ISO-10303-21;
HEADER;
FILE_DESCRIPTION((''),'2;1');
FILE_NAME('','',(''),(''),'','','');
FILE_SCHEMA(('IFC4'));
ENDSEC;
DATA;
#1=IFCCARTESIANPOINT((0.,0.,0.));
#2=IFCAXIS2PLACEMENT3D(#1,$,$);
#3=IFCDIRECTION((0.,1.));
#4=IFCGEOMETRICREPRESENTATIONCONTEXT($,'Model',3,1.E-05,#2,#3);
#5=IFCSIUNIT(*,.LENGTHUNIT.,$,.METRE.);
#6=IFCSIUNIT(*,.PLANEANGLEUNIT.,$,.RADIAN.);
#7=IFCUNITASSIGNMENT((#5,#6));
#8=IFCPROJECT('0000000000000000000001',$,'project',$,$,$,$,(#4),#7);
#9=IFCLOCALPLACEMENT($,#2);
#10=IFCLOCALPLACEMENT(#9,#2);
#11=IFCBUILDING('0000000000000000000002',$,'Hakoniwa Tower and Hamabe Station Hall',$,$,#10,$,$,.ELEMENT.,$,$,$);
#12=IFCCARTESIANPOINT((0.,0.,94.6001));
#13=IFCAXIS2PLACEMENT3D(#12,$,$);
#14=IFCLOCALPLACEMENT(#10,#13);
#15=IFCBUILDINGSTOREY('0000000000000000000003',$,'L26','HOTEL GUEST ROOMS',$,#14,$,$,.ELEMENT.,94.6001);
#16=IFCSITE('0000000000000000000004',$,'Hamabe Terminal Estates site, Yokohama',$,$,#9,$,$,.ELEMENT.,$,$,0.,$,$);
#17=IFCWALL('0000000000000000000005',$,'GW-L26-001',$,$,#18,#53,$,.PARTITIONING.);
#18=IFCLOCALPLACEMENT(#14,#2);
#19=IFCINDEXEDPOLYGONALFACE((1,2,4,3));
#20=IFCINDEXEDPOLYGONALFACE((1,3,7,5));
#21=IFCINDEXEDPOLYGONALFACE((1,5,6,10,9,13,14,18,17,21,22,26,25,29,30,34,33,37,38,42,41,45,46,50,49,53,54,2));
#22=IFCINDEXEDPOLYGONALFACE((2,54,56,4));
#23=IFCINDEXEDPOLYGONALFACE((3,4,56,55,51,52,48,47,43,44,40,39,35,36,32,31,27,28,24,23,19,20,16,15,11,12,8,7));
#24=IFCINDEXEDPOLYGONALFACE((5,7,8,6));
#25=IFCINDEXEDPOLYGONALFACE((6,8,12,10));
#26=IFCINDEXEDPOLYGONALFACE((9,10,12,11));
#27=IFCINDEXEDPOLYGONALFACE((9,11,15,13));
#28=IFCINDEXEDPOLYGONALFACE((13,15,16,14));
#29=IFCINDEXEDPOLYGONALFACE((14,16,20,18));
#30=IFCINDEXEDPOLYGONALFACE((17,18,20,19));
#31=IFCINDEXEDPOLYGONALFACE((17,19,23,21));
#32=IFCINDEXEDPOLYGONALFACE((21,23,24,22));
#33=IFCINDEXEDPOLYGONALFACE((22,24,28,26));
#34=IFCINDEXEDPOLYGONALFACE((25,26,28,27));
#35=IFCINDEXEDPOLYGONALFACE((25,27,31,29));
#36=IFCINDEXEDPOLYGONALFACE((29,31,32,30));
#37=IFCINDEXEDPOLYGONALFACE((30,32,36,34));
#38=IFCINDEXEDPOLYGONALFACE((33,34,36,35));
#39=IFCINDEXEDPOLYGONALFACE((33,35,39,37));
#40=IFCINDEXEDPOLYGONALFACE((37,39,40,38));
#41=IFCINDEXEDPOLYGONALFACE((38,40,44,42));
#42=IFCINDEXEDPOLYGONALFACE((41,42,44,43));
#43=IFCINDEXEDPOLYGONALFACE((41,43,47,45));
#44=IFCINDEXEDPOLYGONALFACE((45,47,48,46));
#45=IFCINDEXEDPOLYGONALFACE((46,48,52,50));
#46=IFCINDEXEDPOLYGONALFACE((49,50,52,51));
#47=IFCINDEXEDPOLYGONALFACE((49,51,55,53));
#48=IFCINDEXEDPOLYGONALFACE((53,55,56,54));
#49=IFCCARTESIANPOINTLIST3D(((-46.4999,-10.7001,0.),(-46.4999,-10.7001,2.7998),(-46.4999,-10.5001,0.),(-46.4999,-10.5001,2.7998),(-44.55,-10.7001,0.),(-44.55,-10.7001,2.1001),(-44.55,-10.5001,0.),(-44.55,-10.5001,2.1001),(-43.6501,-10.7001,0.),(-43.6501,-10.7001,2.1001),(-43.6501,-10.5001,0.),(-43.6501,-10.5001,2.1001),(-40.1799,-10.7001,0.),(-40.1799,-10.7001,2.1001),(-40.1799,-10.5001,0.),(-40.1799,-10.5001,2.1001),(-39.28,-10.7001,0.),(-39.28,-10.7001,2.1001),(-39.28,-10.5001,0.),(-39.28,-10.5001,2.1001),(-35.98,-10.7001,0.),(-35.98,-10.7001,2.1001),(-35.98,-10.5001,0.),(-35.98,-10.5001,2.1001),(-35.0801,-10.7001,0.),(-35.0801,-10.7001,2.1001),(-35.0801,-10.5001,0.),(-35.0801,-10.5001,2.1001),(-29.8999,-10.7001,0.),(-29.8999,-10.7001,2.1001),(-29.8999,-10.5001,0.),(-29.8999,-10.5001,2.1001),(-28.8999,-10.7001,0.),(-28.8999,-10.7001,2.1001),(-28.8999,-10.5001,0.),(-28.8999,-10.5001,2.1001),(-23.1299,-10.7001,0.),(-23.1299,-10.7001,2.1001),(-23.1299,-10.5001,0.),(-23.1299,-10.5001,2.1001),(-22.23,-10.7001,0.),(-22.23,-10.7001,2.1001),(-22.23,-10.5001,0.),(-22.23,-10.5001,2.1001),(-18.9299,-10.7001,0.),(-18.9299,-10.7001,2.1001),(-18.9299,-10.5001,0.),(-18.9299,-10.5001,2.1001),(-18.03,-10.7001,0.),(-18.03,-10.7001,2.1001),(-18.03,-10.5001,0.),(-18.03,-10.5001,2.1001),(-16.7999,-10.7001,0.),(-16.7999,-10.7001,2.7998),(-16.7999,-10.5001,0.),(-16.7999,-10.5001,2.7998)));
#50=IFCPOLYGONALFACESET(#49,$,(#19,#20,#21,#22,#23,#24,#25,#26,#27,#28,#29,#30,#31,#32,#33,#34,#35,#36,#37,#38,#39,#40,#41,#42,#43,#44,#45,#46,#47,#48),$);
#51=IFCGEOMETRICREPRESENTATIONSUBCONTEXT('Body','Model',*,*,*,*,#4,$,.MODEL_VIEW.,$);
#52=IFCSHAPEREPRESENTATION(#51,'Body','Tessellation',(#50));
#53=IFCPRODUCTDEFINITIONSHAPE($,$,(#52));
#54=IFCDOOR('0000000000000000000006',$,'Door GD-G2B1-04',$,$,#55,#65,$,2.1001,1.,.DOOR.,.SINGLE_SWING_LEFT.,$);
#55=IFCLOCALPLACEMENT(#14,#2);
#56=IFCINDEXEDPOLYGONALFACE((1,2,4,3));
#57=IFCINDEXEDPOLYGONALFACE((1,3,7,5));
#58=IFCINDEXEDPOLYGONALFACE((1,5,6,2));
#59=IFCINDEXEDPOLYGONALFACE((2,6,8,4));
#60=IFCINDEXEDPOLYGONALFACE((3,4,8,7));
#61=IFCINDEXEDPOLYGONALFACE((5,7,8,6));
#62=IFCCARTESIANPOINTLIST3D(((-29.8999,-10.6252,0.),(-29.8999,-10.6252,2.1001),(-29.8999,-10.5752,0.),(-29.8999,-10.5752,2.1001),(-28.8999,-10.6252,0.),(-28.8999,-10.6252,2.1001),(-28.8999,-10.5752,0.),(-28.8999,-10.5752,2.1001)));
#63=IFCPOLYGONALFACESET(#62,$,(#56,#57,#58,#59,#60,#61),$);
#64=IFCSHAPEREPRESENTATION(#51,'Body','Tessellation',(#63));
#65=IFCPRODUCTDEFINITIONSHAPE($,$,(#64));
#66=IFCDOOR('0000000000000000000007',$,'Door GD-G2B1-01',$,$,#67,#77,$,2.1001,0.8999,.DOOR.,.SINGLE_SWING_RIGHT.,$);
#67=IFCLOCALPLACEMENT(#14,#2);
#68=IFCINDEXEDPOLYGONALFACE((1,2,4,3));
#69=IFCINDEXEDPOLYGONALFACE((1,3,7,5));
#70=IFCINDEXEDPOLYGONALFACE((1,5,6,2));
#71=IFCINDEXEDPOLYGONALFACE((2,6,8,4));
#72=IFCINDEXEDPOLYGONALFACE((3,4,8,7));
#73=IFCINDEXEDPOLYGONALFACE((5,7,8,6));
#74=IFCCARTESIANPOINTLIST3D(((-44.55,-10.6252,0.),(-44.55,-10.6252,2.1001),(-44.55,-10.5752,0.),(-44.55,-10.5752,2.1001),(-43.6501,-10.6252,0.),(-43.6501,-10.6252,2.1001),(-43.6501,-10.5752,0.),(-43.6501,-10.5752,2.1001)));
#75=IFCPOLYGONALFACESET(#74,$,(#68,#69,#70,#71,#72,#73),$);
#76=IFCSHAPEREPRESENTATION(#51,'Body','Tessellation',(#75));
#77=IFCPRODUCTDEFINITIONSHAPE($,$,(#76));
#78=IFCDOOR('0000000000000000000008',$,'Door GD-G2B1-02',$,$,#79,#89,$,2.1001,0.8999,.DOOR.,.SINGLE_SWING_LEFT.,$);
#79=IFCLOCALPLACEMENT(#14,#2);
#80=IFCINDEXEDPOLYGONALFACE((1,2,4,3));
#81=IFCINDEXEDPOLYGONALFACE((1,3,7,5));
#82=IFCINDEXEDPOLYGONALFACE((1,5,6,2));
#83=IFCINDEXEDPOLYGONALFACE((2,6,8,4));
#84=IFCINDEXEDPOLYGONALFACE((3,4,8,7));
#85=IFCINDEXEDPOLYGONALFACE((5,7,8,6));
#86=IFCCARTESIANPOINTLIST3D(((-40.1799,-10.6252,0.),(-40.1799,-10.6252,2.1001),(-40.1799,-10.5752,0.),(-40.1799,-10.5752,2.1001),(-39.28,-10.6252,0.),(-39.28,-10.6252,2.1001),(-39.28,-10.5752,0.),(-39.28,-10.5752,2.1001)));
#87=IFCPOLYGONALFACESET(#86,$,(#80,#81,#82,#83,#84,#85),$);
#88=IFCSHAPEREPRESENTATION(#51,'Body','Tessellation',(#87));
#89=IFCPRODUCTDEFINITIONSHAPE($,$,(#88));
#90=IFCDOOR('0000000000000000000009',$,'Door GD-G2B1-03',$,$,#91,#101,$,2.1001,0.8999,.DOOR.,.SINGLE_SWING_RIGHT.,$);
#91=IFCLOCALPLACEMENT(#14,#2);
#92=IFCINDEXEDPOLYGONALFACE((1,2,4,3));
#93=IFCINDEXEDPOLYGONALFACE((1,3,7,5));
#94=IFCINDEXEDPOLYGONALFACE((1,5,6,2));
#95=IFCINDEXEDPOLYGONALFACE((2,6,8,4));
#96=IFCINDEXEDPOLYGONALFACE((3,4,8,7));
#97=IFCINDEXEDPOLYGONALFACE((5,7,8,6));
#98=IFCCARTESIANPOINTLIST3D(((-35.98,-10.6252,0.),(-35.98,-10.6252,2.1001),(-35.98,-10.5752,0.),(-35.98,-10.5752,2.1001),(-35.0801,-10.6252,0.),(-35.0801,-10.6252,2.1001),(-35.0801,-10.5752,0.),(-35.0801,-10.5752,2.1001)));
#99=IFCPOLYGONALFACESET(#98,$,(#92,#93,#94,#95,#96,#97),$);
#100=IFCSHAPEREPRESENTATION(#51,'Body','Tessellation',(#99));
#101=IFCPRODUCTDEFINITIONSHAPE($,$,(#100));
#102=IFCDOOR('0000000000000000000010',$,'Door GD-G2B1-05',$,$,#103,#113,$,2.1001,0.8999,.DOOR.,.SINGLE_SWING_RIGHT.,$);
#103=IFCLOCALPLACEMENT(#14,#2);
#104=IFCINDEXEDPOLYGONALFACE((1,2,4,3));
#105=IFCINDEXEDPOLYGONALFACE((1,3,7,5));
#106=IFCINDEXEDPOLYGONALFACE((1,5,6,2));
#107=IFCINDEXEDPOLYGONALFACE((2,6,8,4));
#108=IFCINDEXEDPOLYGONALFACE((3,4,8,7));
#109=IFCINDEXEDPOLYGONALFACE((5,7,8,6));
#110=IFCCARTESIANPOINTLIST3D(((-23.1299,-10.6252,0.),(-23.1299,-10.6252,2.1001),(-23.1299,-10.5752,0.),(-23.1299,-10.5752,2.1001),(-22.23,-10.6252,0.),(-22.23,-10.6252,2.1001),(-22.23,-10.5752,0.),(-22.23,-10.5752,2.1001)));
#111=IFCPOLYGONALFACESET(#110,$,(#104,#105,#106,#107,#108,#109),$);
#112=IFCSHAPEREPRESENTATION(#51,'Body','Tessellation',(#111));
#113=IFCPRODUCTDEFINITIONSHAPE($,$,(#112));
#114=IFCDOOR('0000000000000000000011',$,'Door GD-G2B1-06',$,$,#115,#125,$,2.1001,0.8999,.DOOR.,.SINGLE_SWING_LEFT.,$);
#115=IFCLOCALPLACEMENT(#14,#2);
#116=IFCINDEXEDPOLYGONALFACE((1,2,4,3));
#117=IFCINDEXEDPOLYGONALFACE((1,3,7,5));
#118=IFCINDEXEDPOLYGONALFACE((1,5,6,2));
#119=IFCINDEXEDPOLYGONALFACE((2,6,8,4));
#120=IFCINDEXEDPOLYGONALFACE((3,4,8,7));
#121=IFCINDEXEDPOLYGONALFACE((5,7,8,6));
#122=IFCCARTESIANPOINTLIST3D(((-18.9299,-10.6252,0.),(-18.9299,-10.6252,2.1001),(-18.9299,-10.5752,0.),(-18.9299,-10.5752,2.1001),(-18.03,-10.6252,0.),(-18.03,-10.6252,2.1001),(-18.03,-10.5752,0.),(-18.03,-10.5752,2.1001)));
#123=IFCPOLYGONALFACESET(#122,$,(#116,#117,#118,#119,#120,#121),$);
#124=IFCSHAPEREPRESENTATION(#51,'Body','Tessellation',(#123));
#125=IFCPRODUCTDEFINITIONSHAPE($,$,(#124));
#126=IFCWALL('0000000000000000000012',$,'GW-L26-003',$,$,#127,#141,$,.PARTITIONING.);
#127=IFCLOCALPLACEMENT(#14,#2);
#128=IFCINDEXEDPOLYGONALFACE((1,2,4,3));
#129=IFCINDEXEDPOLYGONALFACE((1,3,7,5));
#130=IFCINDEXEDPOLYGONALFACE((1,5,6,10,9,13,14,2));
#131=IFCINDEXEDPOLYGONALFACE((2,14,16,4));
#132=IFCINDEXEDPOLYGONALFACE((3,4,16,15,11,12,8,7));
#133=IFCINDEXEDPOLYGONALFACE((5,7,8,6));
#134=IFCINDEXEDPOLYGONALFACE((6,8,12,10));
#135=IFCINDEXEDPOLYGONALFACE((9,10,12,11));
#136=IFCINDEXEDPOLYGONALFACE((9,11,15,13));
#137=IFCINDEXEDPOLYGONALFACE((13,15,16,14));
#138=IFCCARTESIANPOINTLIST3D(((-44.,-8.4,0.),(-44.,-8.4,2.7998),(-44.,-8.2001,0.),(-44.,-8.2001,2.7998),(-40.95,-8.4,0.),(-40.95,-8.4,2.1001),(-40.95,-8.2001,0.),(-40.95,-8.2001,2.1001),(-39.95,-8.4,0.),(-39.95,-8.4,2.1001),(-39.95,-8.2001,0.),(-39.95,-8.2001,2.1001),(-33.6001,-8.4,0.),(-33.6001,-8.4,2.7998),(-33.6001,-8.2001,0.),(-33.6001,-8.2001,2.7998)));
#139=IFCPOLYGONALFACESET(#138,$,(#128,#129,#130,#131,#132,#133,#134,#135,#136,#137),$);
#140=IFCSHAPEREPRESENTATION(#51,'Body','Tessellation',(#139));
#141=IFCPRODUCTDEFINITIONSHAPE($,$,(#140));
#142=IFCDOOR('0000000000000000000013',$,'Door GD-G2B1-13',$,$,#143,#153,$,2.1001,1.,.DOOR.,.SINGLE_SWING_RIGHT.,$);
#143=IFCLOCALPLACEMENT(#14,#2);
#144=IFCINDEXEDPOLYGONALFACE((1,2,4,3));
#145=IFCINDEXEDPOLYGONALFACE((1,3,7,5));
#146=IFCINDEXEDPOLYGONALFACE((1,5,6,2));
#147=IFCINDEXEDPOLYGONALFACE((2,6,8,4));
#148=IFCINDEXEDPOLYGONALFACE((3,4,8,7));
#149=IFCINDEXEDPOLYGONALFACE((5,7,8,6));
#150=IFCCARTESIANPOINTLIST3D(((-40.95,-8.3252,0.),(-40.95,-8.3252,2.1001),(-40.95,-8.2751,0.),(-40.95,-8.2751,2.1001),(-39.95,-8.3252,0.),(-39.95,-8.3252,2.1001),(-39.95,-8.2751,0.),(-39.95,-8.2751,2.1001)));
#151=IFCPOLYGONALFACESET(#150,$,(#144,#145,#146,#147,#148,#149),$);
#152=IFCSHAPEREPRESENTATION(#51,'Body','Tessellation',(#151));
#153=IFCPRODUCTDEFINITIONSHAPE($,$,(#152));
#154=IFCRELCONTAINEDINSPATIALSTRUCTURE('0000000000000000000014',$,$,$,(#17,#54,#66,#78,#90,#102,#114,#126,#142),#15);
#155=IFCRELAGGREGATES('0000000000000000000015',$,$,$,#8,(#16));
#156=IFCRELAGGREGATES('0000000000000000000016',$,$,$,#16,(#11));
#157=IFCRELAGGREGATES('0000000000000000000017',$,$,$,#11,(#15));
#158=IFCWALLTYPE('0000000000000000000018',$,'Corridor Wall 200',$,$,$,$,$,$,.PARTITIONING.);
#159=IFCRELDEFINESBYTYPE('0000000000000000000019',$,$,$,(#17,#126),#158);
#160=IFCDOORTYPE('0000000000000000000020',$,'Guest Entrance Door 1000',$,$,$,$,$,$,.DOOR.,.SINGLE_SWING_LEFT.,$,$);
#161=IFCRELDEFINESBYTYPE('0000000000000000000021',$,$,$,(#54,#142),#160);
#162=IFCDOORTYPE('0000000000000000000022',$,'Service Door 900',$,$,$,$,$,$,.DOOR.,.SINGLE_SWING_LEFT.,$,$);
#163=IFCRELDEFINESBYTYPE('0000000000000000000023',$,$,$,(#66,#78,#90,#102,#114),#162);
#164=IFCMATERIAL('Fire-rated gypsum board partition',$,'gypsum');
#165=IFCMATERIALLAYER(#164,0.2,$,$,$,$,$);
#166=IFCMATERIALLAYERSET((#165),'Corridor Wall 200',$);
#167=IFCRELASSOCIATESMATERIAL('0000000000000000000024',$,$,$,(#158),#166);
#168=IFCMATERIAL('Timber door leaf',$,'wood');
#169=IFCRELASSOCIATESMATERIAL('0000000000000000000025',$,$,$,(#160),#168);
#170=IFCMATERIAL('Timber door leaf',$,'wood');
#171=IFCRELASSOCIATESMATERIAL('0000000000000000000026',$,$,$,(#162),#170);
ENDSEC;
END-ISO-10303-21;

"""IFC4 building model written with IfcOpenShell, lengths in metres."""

from ifc_helpers import new_model, si_unit, direction, frame, frame_2d, origin, place, context, subcontext, project, spatial, rectangle, extrude, material, layer, layer_set, type_object, element, fill, save


model = new_model("IFC4")

# Units and contexts
model_context = context("Model", 3, precision=1e-05, world=origin(), true_north=direction((0.0, 1.0)))
body_context = subcontext(model_context, "Body", "Model", "MODEL_VIEW")
ifc_project = project(units=[si_unit("LENGTHUNIT", "METRE"), si_unit("PLANEANGLEUNIT", "RADIAN")], contexts=[model_context])

# Site, building, storey
site_placement = place(None, origin())
site = spatial("IfcSite", under=ifc_project, at=site_placement, Name="Hamabe Terminal Estates site, Yokohama", CompositionType="ELEMENT", RefElevation=0.0)
building_placement = place(site_placement, origin())
building = spatial("IfcBuilding", under=site, at=building_placement, Name="Hakoniwa Tower and Hamabe Station Hall", CompositionType="ELEMENT")
storey_placement = place(building_placement, frame((0.0, 0.0, 94.6001)))
storey = spatial("IfcBuildingStorey", under=building, at=storey_placement, Name="L26", Description="HOTEL GUEST ROOMS", CompositionType="ELEMENT", Elevation=94.6001)

# Wall, openings, doors
ifc_material_1 = material(Name="Fire-rated gypsum board partition", Category="gypsum")
ifc_layer_1 = layer(ifc_material_1, 0.2)
ifc_layer_set_1 = layer_set([ifc_layer_1], Name="Corridor Wall 200")
wall_type_1 = type_object("IfcWallType", Name="Corridor Wall 200", PredefinedType="PARTITIONING", material=ifc_layer_set_1)
wall_1_placement = place(storey_placement, frame((-46.5, -10.6001, 0.0), z_axis=(0.0, 0.0, 1.0), x_axis=(1.0, 0.0, 0.0)))
wall_1 = element("IfcWall", 1, at=wall_1_placement, inside=storey, type_object=wall_type_1, Name="GW-L26-001", PredefinedType="PARTITIONING", context=body_context, shape_type="SweptSolid", body=[
    extrude(rectangle(XDim=29.7, YDim=0.2, at=frame_2d((14.8501, 0.0))), origin(), (0.0, 0.0, 1.0), 2.7998),
])
opening_1_placement = place(wall_1_placement, frame((1.95, 0.0, 0.0)))
opening_1 = element("IfcOpeningElement", 2, at=opening_1_placement, cuts=wall_1, PredefinedType="OPENING", context=body_context, shape_type="SweptSolid", body=[
    extrude(rectangle(XDim=0.8999, YDim=2.1001, at=frame_2d((0.45, 1.05))), frame((0.0, 0.1099, 0.0), z_axis=(0.0, -1.0, 0.0), x_axis=(1.0, 0.0, 0.0)), (0.0, 0.0, 1.0), 0.22),
])
opening_2_placement = place(wall_1_placement, frame((6.3201, 0.0, 0.0)))
opening_2 = element("IfcOpeningElement", 3, at=opening_2_placement, cuts=wall_1, PredefinedType="OPENING", context=body_context, shape_type="SweptSolid", body=[
    extrude(rectangle(XDim=0.8999, YDim=2.1001, at=frame_2d((0.45, 1.05))), frame((0.0, 0.1099, 0.0), z_axis=(0.0, -1.0, 0.0), x_axis=(1.0, 0.0, 0.0)), (0.0, 0.0, 1.0), 0.22),
])
opening_3_placement = place(wall_1_placement, frame((10.52, 0.0, 0.0)))
opening_3 = element("IfcOpeningElement", 4, at=opening_3_placement, cuts=wall_1, PredefinedType="OPENING", context=body_context, shape_type="SweptSolid", body=[
    extrude(rectangle(XDim=0.8999, YDim=2.1001, at=frame_2d((0.45, 1.05))), frame((0.0, 0.1099, 0.0), z_axis=(0.0, -1.0, 0.0), x_axis=(1.0, 0.0, 0.0)), (0.0, 0.0, 1.0), 0.22),
])
opening_4_placement = place(wall_1_placement, frame((16.6001, 0.0, 0.0)))
opening_4 = element("IfcOpeningElement", 5, at=opening_4_placement, cuts=wall_1, PredefinedType="OPENING", context=body_context, shape_type="SweptSolid", body=[
    extrude(rectangle(XDim=1.0, YDim=2.1001, at=frame_2d((0.5, 1.05))), frame((0.0, 0.1099, 0.0), z_axis=(0.0, -1.0, 0.0), x_axis=(1.0, 0.0, 0.0)), (0.0, 0.0, 1.0), 0.22),
])
opening_5_placement = place(wall_1_placement, frame((23.3701, 0.0, 0.0)))
opening_5 = element("IfcOpeningElement", 6, at=opening_5_placement, cuts=wall_1, PredefinedType="OPENING", context=body_context, shape_type="SweptSolid", body=[
    extrude(rectangle(XDim=0.8999, YDim=2.1001, at=frame_2d((0.45, 1.05))), frame((0.0, 0.1099, 0.0), z_axis=(0.0, -1.0, 0.0), x_axis=(1.0, 0.0, 0.0)), (0.0, 0.0, 1.0), 0.22),
])
opening_6_placement = place(wall_1_placement, frame((27.5701, 0.0, 0.0)))
opening_6 = element("IfcOpeningElement", 7, at=opening_6_placement, cuts=wall_1, PredefinedType="OPENING", context=body_context, shape_type="SweptSolid", body=[
    extrude(rectangle(XDim=0.8999, YDim=2.1001, at=frame_2d((0.45, 1.05))), frame((0.0, 0.1099, 0.0), z_axis=(0.0, -1.0, 0.0), x_axis=(1.0, 0.0, 0.0)), (0.0, 0.0, 1.0), 0.22),
])
ifc_material_2 = material(Name="Timber door leaf", Category="wood")
door_type_1 = type_object("IfcDoorType", Name="Guest Entrance Door 1000", OperationType="SINGLE_SWING_LEFT", PredefinedType="DOOR", material=ifc_material_2)
door_1_placement = place(opening_4_placement, origin())
door_1 = element("IfcDoor", 8, at=door_1_placement, inside=storey, type_object=door_type_1, Name="Door GD-G2B1-04", OperationType="SINGLE_SWING_LEFT", OverallHeight=2.1001, OverallWidth=1.0, PredefinedType="DOOR", context=body_context, shape_type="SweptSolid", body=[
    extrude(rectangle(XDim=1.0, YDim=2.1001, at=frame_2d((0.5, 1.05))), frame((0.0, 0.0249, 0.0), z_axis=(0.0, -1.0, 0.0), x_axis=(1.0, 0.0, 0.0)), (0.0, 0.0, 1.0), 0.05),
])
fill(opening_4, door_1)
ifc_material_3 = material(Name="Timber door leaf", Category="wood")
door_type_2 = type_object("IfcDoorType", Name="Service Door 900", OperationType="SINGLE_SWING_LEFT", PredefinedType="DOOR", material=ifc_material_3)
door_2_placement = place(opening_1_placement, origin())
door_2 = element("IfcDoor", 9, at=door_2_placement, inside=storey, type_object=door_type_2, Name="Door GD-G2B1-01", OperationType="SINGLE_SWING_RIGHT", OverallHeight=2.1001, OverallWidth=0.8999, PredefinedType="DOOR", context=body_context, shape_type="SweptSolid", body=[
    extrude(rectangle(XDim=0.8999, YDim=2.1001, at=frame_2d((0.45, 1.05))), frame((0.0, 0.0249, 0.0), z_axis=(0.0, -1.0, 0.0), x_axis=(1.0, 0.0, 0.0)), (0.0, 0.0, 1.0), 0.05),
])
fill(opening_1, door_2)
door_3_placement = place(opening_2_placement, origin())
door_3 = element("IfcDoor", 10, at=door_3_placement, inside=storey, type_object=door_type_2, Name="Door GD-G2B1-02", OperationType="SINGLE_SWING_LEFT", OverallHeight=2.1001, OverallWidth=0.8999, PredefinedType="DOOR", context=body_context, shape_type="SweptSolid", body=[
    extrude(rectangle(XDim=0.8999, YDim=2.1001, at=frame_2d((0.45, 1.05))), frame((0.0, 0.0249, 0.0), z_axis=(0.0, -1.0, 0.0), x_axis=(1.0, 0.0, 0.0)), (0.0, 0.0, 1.0), 0.05),
])
fill(opening_2, door_3)
door_4_placement = place(opening_3_placement, origin())
door_4 = element("IfcDoor", 11, at=door_4_placement, inside=storey, type_object=door_type_2, Name="Door GD-G2B1-03", OperationType="SINGLE_SWING_RIGHT", OverallHeight=2.1001, OverallWidth=0.8999, PredefinedType="DOOR", context=body_context, shape_type="SweptSolid", body=[
    extrude(rectangle(XDim=0.8999, YDim=2.1001, at=frame_2d((0.45, 1.05))), frame((0.0, 0.0249, 0.0), z_axis=(0.0, -1.0, 0.0), x_axis=(1.0, 0.0, 0.0)), (0.0, 0.0, 1.0), 0.05),
])
fill(opening_3, door_4)
door_5_placement = place(opening_5_placement, origin())
door_5 = element("IfcDoor", 12, at=door_5_placement, inside=storey, type_object=door_type_2, Name="Door GD-G2B1-05", OperationType="SINGLE_SWING_RIGHT", OverallHeight=2.1001, OverallWidth=0.8999, PredefinedType="DOOR", context=body_context, shape_type="SweptSolid", body=[
    extrude(rectangle(XDim=0.8999, YDim=2.1001, at=frame_2d((0.45, 1.05))), frame((0.0, 0.0249, 0.0), z_axis=(0.0, -1.0, 0.0), x_axis=(1.0, 0.0, 0.0)), (0.0, 0.0, 1.0), 0.05),
])
fill(opening_5, door_5)
door_6_placement = place(opening_6_placement, origin())
door_6 = element("IfcDoor", 13, at=door_6_placement, inside=storey, type_object=door_type_2, Name="Door GD-G2B1-06", OperationType="SINGLE_SWING_LEFT", OverallHeight=2.1001, OverallWidth=0.8999, PredefinedType="DOOR", context=body_context, shape_type="SweptSolid", body=[
    extrude(rectangle(XDim=0.8999, YDim=2.1001, at=frame_2d((0.45, 1.05))), frame((0.0, 0.0249, 0.0), z_axis=(0.0, -1.0, 0.0), x_axis=(1.0, 0.0, 0.0)), (0.0, 0.0, 1.0), 0.05),
])
fill(opening_6, door_6)

# Wall, opening, door
wall_2_placement = place(storey_placement, frame((-44.0, -8.3, 0.0), z_axis=(0.0, 0.0, 1.0), x_axis=(1.0, 0.0, 0.0)))
wall_2 = element("IfcWall", 14, at=wall_2_placement, inside=storey, type_object=wall_type_1, Name="GW-L26-003", PredefinedType="PARTITIONING", context=body_context, shape_type="SweptSolid", body=[
    extrude(rectangle(XDim=10.3999, YDim=0.2, at=frame_2d((5.2, 0.0))), origin(), (0.0, 0.0, 1.0), 2.7998),
])
opening_7_placement = place(wall_2_placement, frame((3.05, 0.0, 0.0)))
opening_7 = element("IfcOpeningElement", 15, at=opening_7_placement, cuts=wall_2, PredefinedType="OPENING", context=body_context, shape_type="SweptSolid", body=[
    extrude(rectangle(XDim=1.0, YDim=2.1001, at=frame_2d((0.5, 1.05))), frame((0.0, 0.1099, 0.0), z_axis=(0.0, -1.0, 0.0), x_axis=(1.0, 0.0, 0.0)), (0.0, 0.0, 1.0), 0.22),
])
door_7_placement = place(opening_7_placement, origin())
door_7 = element("IfcDoor", 16, at=door_7_placement, inside=storey, type_object=door_type_1, Name="Door GD-G2B1-13", OperationType="SINGLE_SWING_RIGHT", OverallHeight=2.1001, OverallWidth=1.0, PredefinedType="DOOR", context=body_context, shape_type="SweptSolid", body=[
    extrude(rectangle(XDim=1.0, YDim=2.1001, at=frame_2d((0.5, 1.05))), frame((0.0, 0.0249, 0.0), z_axis=(0.0, -1.0, 0.0), x_axis=(1.0, 0.0, 0.0)), (0.0, 0.0, 1.0), 0.05),
])
fill(opening_7, door_7)

save(model, "model.ifc")
